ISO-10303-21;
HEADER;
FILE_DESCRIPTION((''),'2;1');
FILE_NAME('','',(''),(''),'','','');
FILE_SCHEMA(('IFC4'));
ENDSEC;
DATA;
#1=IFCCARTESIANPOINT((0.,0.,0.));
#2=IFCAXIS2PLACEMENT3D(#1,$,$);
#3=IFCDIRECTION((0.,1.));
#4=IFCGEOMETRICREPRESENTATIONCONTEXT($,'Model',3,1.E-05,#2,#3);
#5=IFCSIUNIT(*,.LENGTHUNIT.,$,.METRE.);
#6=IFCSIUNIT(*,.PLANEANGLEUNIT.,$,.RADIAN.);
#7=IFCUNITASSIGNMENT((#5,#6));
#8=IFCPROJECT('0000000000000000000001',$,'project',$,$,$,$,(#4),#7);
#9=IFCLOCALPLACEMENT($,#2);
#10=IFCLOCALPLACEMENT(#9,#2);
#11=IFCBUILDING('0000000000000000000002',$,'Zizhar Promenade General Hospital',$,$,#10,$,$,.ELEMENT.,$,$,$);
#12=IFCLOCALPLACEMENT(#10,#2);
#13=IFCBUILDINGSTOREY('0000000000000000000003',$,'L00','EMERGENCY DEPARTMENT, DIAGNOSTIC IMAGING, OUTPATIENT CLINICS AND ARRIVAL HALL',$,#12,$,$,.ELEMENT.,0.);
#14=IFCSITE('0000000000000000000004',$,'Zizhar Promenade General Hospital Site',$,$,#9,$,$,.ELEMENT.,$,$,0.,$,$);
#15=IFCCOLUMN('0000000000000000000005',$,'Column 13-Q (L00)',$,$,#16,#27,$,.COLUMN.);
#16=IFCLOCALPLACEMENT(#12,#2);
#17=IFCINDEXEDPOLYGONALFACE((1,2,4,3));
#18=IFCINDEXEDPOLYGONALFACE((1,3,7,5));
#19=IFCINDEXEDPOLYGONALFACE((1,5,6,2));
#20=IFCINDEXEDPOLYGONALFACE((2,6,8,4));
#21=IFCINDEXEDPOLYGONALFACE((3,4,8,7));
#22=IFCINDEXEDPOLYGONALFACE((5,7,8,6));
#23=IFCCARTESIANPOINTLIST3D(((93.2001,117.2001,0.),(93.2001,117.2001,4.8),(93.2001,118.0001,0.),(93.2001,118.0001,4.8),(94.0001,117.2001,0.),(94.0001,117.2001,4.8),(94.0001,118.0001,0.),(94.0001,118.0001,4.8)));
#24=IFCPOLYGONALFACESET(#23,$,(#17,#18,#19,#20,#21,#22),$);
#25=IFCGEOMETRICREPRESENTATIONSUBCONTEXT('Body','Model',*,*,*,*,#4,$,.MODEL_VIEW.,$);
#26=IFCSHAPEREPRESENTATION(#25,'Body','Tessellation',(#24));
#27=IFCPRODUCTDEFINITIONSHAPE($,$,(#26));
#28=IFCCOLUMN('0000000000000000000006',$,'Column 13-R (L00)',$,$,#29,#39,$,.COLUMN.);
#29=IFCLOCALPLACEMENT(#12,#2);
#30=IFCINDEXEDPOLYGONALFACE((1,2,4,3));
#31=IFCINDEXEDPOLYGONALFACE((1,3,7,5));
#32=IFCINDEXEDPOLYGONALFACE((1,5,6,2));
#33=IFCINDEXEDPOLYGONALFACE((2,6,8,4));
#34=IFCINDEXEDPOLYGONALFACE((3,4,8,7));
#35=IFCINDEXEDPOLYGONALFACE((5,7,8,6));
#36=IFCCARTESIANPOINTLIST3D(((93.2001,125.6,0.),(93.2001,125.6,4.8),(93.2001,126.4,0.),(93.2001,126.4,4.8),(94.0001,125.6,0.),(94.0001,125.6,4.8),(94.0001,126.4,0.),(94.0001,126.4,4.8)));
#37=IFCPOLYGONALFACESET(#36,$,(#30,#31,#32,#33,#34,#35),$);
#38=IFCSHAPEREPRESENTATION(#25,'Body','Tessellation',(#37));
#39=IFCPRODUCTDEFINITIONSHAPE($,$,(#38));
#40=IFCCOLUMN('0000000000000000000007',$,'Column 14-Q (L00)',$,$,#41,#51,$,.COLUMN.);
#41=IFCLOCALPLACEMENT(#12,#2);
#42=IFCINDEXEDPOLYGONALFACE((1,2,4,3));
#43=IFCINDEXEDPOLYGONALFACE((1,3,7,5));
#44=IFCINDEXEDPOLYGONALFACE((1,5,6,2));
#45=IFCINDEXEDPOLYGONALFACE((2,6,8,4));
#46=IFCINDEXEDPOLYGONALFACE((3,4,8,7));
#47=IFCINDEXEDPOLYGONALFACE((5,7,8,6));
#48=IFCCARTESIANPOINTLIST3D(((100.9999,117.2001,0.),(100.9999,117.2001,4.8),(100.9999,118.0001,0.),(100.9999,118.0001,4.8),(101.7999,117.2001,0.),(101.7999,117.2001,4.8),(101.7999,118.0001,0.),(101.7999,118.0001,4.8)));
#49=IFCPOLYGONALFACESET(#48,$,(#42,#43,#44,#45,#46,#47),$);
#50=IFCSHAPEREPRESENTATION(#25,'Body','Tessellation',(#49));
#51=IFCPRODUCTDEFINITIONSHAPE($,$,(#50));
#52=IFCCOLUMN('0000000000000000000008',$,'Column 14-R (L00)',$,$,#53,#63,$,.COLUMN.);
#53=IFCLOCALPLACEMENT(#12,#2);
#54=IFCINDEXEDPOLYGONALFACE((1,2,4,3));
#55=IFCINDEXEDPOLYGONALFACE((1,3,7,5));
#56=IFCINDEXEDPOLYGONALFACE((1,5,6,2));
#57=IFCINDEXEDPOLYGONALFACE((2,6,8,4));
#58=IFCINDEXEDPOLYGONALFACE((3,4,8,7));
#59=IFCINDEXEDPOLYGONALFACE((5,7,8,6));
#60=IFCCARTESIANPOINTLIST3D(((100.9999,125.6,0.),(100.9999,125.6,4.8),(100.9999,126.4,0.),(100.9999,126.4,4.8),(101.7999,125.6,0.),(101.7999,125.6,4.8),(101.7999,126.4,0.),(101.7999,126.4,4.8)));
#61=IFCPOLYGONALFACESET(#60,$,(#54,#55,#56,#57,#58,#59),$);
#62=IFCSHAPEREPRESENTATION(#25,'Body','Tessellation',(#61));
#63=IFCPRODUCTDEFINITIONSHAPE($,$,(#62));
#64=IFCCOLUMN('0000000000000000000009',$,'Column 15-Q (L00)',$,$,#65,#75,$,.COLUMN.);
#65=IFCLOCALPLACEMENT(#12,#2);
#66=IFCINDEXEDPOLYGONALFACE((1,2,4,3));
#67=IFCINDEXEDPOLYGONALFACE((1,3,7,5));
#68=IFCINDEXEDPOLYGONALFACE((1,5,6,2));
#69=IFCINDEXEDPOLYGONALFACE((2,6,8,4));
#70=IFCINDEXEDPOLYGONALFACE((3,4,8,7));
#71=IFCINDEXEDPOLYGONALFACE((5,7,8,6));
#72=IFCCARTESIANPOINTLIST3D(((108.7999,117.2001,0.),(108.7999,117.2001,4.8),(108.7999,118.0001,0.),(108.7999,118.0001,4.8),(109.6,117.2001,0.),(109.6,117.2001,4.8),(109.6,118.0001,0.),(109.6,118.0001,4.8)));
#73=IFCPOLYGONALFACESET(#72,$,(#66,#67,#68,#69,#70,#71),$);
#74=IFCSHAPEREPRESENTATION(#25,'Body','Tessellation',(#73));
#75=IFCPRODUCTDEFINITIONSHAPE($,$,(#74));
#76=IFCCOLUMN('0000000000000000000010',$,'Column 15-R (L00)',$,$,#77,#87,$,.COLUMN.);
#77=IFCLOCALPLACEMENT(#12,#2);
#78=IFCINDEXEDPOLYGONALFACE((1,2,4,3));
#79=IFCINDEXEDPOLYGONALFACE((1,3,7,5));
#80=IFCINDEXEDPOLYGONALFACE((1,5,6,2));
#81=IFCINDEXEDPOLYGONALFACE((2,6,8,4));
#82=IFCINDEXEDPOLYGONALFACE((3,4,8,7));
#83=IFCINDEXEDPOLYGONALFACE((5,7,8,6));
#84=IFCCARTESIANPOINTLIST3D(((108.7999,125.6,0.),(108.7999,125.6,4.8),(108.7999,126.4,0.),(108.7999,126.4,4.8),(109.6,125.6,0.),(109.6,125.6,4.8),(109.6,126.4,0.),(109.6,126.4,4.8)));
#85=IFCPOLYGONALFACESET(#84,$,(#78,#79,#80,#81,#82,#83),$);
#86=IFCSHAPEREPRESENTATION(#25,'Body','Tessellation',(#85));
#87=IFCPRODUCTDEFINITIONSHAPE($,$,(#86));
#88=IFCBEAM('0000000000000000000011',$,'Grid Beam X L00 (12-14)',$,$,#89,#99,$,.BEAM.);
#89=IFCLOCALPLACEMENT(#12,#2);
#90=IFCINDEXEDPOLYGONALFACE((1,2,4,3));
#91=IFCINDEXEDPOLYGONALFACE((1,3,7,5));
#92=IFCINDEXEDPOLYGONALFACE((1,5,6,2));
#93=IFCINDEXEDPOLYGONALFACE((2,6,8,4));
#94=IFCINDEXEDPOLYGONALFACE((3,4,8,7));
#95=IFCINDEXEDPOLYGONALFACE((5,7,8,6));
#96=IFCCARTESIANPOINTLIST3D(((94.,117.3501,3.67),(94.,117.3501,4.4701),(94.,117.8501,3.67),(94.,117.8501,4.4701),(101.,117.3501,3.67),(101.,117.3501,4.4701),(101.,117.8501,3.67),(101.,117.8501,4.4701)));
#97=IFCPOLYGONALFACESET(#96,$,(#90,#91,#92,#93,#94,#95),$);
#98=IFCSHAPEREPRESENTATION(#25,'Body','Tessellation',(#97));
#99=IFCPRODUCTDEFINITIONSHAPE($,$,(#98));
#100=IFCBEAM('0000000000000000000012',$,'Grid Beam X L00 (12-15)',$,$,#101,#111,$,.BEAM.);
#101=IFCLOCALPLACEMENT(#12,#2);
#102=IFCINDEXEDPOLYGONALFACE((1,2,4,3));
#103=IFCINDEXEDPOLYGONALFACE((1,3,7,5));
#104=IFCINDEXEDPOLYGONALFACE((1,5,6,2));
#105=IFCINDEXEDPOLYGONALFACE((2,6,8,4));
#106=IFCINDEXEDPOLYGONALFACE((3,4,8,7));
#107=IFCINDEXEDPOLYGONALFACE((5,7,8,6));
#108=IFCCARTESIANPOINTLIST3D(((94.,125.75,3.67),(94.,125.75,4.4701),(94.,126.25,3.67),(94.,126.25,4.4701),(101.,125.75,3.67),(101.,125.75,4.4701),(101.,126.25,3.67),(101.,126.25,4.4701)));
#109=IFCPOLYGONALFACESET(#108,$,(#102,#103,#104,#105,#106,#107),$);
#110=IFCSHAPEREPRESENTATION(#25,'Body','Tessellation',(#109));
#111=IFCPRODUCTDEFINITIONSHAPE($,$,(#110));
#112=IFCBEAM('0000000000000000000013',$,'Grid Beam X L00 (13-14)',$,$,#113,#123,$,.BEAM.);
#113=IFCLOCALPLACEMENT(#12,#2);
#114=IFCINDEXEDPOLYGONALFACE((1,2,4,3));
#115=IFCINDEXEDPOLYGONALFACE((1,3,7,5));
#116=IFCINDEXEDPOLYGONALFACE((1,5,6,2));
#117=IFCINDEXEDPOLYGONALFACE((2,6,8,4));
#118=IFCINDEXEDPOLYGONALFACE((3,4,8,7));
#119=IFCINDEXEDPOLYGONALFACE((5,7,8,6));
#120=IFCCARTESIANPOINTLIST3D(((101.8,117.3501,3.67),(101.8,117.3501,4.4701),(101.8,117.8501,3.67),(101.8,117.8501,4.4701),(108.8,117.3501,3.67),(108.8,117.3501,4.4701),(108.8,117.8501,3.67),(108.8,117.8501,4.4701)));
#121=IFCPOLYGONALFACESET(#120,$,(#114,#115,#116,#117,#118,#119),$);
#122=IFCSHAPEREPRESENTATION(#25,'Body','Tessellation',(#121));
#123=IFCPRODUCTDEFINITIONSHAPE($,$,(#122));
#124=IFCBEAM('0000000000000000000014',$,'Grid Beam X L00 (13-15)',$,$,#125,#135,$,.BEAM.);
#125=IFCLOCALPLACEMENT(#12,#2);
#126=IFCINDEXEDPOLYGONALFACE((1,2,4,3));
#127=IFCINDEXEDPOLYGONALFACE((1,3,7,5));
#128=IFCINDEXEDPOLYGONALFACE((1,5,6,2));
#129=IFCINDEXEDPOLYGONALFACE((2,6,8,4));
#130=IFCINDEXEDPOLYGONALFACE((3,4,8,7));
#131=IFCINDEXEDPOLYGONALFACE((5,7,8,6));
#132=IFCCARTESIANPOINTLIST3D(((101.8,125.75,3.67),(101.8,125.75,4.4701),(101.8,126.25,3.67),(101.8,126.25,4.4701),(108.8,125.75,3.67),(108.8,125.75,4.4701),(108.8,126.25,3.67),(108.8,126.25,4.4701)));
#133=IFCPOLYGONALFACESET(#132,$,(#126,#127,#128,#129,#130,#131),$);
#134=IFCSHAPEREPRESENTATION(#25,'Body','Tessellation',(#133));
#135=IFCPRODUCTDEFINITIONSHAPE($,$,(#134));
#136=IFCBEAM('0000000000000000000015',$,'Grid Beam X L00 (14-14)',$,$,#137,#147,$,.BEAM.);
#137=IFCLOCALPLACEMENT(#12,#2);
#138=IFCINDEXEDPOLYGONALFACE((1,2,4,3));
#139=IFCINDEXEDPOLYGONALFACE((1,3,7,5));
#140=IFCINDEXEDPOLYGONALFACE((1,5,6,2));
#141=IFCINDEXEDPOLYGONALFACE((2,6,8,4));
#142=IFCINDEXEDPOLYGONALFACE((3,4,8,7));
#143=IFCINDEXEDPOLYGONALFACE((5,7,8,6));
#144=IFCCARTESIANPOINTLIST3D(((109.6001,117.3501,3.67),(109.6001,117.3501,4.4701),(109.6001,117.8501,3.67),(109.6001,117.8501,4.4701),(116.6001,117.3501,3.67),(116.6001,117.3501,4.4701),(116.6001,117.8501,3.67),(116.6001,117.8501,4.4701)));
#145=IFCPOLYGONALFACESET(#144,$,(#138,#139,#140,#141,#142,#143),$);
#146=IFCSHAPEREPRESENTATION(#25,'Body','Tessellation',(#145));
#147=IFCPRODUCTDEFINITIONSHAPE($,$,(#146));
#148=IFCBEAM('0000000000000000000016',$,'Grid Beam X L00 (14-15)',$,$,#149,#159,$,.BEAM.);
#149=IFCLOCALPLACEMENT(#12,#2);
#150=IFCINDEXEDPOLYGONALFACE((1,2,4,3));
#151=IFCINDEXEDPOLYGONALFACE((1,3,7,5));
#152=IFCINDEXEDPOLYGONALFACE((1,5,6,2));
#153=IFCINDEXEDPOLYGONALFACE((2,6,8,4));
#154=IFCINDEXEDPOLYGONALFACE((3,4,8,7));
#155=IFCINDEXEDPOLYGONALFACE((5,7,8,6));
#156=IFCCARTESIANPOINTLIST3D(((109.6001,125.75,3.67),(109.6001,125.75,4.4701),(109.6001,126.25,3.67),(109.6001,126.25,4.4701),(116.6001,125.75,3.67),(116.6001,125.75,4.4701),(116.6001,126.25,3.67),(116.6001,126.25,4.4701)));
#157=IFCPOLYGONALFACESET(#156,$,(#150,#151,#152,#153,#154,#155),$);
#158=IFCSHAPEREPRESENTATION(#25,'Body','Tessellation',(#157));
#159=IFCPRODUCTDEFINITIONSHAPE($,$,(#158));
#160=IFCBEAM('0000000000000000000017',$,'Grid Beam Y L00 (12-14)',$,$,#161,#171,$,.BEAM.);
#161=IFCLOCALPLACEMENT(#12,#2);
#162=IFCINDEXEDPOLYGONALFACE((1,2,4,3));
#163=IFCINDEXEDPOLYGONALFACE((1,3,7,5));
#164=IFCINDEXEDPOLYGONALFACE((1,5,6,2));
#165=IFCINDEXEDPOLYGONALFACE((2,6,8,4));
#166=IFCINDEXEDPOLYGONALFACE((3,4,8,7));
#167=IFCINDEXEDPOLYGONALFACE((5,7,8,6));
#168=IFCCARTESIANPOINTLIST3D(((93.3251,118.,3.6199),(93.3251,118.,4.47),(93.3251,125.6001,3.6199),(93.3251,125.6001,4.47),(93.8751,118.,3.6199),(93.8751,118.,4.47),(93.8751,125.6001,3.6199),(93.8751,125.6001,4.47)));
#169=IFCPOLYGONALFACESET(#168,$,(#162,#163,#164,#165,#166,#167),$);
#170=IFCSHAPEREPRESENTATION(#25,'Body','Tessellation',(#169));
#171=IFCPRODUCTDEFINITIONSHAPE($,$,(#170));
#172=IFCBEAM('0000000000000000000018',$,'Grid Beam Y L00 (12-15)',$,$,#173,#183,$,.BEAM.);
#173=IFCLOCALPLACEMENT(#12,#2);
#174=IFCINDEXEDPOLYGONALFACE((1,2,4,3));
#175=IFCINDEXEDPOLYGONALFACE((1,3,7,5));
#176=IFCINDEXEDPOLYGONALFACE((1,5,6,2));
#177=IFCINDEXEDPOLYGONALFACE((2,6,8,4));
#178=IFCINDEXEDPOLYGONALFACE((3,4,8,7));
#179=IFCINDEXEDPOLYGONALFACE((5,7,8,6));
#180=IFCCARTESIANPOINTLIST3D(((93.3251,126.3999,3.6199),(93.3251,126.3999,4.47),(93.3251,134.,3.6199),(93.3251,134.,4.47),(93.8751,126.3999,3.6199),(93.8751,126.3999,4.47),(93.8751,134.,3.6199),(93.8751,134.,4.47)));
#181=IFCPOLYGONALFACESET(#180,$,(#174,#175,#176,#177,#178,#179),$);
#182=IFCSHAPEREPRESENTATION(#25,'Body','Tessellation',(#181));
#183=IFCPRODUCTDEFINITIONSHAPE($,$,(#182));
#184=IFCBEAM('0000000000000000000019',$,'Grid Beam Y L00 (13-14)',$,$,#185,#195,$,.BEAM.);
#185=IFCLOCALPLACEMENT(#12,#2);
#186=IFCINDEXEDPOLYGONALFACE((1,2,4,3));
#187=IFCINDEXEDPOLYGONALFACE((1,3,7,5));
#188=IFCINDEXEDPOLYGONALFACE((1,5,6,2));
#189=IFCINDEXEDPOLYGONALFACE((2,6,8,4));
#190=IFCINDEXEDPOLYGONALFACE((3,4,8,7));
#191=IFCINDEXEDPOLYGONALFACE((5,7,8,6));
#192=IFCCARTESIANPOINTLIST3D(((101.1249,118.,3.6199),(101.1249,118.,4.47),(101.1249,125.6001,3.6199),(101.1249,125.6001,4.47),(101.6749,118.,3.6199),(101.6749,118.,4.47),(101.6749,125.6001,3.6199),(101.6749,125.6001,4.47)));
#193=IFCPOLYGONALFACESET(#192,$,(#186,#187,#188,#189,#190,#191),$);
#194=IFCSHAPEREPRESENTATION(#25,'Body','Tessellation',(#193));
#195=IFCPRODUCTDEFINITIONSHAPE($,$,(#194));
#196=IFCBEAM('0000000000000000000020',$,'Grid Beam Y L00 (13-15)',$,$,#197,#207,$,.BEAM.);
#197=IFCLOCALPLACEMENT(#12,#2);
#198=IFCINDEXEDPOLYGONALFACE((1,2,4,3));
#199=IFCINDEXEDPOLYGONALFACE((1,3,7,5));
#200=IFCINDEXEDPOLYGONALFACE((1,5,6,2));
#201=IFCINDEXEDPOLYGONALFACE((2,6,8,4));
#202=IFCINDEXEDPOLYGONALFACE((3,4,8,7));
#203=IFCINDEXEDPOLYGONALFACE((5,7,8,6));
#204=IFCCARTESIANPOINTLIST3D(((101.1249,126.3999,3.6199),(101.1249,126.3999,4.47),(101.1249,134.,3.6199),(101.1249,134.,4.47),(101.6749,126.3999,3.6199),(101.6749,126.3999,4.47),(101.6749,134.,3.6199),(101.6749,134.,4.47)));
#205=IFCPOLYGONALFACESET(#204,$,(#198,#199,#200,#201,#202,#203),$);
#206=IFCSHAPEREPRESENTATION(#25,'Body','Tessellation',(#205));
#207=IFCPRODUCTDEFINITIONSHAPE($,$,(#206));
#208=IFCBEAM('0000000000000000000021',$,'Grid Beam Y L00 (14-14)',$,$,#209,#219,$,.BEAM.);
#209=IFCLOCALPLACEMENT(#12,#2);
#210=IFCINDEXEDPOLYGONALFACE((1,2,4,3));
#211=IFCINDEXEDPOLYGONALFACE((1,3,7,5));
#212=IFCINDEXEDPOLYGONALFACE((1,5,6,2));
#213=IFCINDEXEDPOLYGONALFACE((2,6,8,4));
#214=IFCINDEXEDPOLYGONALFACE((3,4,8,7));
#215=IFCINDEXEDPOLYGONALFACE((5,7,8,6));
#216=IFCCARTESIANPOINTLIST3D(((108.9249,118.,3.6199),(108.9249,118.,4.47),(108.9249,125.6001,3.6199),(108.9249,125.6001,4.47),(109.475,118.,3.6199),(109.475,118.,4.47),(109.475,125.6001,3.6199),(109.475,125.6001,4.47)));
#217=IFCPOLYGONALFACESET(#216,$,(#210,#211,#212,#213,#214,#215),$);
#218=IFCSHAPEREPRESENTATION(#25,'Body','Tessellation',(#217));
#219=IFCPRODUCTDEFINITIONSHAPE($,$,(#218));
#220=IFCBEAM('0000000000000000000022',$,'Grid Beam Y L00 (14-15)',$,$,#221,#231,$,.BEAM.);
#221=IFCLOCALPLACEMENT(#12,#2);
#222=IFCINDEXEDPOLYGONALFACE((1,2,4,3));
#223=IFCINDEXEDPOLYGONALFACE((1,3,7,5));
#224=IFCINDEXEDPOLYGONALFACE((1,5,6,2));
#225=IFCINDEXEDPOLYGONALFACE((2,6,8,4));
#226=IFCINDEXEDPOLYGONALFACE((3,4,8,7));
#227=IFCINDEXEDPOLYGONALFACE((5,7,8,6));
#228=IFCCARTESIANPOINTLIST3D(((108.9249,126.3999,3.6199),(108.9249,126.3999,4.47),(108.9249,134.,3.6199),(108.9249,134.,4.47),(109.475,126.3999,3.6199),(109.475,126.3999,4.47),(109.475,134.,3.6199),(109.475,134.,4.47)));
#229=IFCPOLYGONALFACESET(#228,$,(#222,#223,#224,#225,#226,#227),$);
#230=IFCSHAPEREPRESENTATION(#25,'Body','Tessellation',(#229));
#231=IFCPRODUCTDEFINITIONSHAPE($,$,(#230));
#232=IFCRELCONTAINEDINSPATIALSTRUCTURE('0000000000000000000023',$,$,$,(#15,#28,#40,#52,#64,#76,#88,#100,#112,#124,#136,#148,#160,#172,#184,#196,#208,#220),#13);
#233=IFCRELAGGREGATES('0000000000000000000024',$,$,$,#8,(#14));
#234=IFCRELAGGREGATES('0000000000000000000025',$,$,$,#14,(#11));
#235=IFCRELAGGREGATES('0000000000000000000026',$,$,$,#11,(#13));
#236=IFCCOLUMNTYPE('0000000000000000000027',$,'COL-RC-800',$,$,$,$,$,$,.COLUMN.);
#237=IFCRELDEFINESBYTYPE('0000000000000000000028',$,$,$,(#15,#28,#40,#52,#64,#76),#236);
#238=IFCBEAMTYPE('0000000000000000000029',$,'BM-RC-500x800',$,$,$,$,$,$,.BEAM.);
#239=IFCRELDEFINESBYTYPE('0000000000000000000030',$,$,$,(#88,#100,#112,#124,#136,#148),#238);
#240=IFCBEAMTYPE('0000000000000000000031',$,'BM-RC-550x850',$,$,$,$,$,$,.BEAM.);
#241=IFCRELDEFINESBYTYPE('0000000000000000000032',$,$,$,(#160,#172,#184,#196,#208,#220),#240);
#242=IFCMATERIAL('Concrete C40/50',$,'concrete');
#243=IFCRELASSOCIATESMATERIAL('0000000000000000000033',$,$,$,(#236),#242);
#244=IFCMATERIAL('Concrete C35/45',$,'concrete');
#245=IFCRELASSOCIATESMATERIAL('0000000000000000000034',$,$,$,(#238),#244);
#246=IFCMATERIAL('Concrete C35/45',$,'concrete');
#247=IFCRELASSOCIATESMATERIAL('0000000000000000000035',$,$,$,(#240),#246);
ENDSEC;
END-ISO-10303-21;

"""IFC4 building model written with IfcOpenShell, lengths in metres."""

from ifc_helpers import new_model, si_unit, direction, frame, origin, origin_2d, place, context, subcontext, project, spatial, rectangle, extrude, material, material_profile, profile_set, type_object, element, save


model = new_model("IFC4")

# Units and contexts
model_context = context("Model", 3, precision=1e-05, world=origin(), true_north=direction((0.0, 1.0)))
body_context = subcontext(model_context, "Body", "Model", "MODEL_VIEW")
ifc_project = project(units=[si_unit("LENGTHUNIT", "METRE"), si_unit("PLANEANGLEUNIT", "RADIAN")], contexts=[model_context])

# Site, building, storey
site_placement = place(None, origin())
site = spatial("IfcSite", under=ifc_project, at=site_placement, Name="Zizhar Promenade General Hospital Site", CompositionType="ELEMENT", RefElevation=0.0)
building_placement = place(site_placement, origin())
building = spatial("IfcBuilding", under=site, at=building_placement, Name="Zizhar Promenade General Hospital", CompositionType="ELEMENT")
storey_placement = place(building_placement, origin())
storey = spatial("IfcBuildingStorey", under=building, at=storey_placement, Name="L00", Description="EMERGENCY DEPARTMENT, DIAGNOSTIC IMAGING, OUTPATIENT CLINICS AND ARRIVAL HALL", CompositionType="ELEMENT", Elevation=0.0)

# Columns
ifc_material_1 = material(Name="Concrete C40/50", Category="concrete")
ifc_material_profile_1 = material_profile(ifc_material_1, rectangle(XDim=0.8, YDim=0.8, at=origin_2d()))
ifc_profile_set_1 = profile_set([ifc_material_profile_1], Name="Concrete C40/50")
column_type = type_object("IfcColumnType", Name="COL-RC-800", PredefinedType="COLUMN", material=ifc_profile_set_1)
for number, where, z_axis, x_axis, name in (
    (1, (93.6001, 117.6001, 0.0), (0.0, 0.0, 1.0), (1.0, 0.0, 0.0), "Column 13-Q (L00)"),
    (2, (93.6001, 126.0, 0.0), (0.0, 0.0, 1.0), (1.0, 0.0, 0.0), "Column 13-R (L00)"),
    (3, (101.3999, 117.6001, 0.0), (0.0, 0.0, 1.0), (1.0, 0.0, 0.0), "Column 14-Q (L00)"),
    (4, (101.3999, 126.0, 0.0), (0.0, 0.0, 1.0), (1.0, 0.0, 0.0), "Column 14-R (L00)"),
    (5, (109.2, 117.6001, 0.0), (0.0, 0.0, 1.0), (1.0, 0.0, 0.0), "Column 15-Q (L00)"),
    (6, (109.2, 126.0, 0.0), (0.0, 0.0, 1.0), (1.0, 0.0, 0.0), "Column 15-R (L00)"),
):
    element("IfcColumn", number, at=place(storey_placement, frame(where, z_axis=z_axis, x_axis=x_axis)), inside=storey, type_object=column_type, Name=name, PredefinedType="COLUMN", context=body_context, shape_type="SweptSolid", body=[
        extrude(rectangle(XDim=0.8, YDim=0.8, at=origin_2d()), origin(), (0.0, 0.0, 1.0), 4.8),
    ])

# Beams
ifc_material_2 = material(Name="Concrete C35/45", Category="concrete")
ifc_material_profile_2 = material_profile(ifc_material_2, rectangle(XDim=0.5, YDim=0.8, at=origin_2d()))
ifc_profile_set_2 = profile_set([ifc_material_profile_2], Name="Concrete C35/45")
beam_type_1 = type_object("IfcBeamType", Name="BM-RC-500x800", PredefinedType="BEAM", material=ifc_profile_set_2)
for number, where, z_axis, x_axis, name in (
    (7, (94.0, 117.6001, 4.0701), (1.0, 0.0, 0.0), (0.0, 1.0, 0.0), "Grid Beam X L00 (12-14)"),
    (8, (94.0, 126.0, 4.0701), (1.0, 0.0, 0.0), (0.0, 1.0, 0.0), "Grid Beam X L00 (12-15)"),
    (9, (101.8, 117.6001, 4.0701), (1.0, 0.0, 0.0), (0.0, 1.0, 0.0), "Grid Beam X L00 (13-14)"),
    (10, (101.8, 126.0, 4.0701), (1.0, 0.0, 0.0), (0.0, 1.0, 0.0), "Grid Beam X L00 (13-15)"),
    (11, (109.6001, 117.6001, 4.0701), (1.0, 0.0, 0.0), (0.0, 1.0, 0.0), "Grid Beam X L00 (14-14)"),
    (12, (109.6001, 126.0, 4.0701), (1.0, 0.0, 0.0), (0.0, 1.0, 0.0), "Grid Beam X L00 (14-15)"),
):
    element("IfcBeam", number, at=place(storey_placement, frame(where, z_axis=z_axis, x_axis=x_axis)), inside=storey, type_object=beam_type_1, Name=name, PredefinedType="BEAM", context=body_context, shape_type="SweptSolid", body=[
        extrude(rectangle(XDim=0.5, YDim=0.8, at=origin_2d()), origin(), (0.0, 0.0, 1.0), 7.0),
    ])
ifc_material_3 = material(Name="Concrete C35/45", Category="concrete")
ifc_material_profile_3 = material_profile(ifc_material_3, rectangle(XDim=0.55, YDim=0.8501, at=origin_2d()))
ifc_profile_set_3 = profile_set([ifc_material_profile_3], Name="Concrete C35/45")
beam_type_2 = type_object("IfcBeamType", Name="BM-RC-550x850", PredefinedType="BEAM", material=ifc_profile_set_3)
for number, where, z_axis, x_axis, name in (
    (13, (93.6001, 118.0, 4.0449), (0.0, 1.0, 0.0), (-1.0, 0.0, 0.0), "Grid Beam Y L00 (12-14)"),
    (14, (93.6001, 126.3999, 4.0449), (0.0, 1.0, 0.0), (-1.0, 0.0, 0.0), "Grid Beam Y L00 (12-15)"),
    (15, (101.3999, 118.0, 4.0449), (0.0, 1.0, 0.0), (-1.0, 0.0, 0.0), "Grid Beam Y L00 (13-14)"),
    (16, (101.3999, 126.3999, 4.0449), (0.0, 1.0, 0.0), (-1.0, 0.0, 0.0), "Grid Beam Y L00 (13-15)"),
    (17, (109.2, 118.0, 4.0449), (0.0, 1.0, 0.0), (-1.0, 0.0, 0.0), "Grid Beam Y L00 (14-14)"),
    (18, (109.2, 126.3999, 4.0449), (0.0, 1.0, 0.0), (-1.0, 0.0, 0.0), "Grid Beam Y L00 (14-15)"),
):
    element("IfcBeam", number, at=place(storey_placement, frame(where, z_axis=z_axis, x_axis=x_axis)), inside=storey, type_object=beam_type_2, Name=name, PredefinedType="BEAM", context=body_context, shape_type="SweptSolid", body=[
        extrude(rectangle(XDim=0.55, YDim=0.8501, at=origin_2d()), origin(), (0.0, 0.0, 1.0), 7.6001),
    ])

save(model, "model.ifc")
